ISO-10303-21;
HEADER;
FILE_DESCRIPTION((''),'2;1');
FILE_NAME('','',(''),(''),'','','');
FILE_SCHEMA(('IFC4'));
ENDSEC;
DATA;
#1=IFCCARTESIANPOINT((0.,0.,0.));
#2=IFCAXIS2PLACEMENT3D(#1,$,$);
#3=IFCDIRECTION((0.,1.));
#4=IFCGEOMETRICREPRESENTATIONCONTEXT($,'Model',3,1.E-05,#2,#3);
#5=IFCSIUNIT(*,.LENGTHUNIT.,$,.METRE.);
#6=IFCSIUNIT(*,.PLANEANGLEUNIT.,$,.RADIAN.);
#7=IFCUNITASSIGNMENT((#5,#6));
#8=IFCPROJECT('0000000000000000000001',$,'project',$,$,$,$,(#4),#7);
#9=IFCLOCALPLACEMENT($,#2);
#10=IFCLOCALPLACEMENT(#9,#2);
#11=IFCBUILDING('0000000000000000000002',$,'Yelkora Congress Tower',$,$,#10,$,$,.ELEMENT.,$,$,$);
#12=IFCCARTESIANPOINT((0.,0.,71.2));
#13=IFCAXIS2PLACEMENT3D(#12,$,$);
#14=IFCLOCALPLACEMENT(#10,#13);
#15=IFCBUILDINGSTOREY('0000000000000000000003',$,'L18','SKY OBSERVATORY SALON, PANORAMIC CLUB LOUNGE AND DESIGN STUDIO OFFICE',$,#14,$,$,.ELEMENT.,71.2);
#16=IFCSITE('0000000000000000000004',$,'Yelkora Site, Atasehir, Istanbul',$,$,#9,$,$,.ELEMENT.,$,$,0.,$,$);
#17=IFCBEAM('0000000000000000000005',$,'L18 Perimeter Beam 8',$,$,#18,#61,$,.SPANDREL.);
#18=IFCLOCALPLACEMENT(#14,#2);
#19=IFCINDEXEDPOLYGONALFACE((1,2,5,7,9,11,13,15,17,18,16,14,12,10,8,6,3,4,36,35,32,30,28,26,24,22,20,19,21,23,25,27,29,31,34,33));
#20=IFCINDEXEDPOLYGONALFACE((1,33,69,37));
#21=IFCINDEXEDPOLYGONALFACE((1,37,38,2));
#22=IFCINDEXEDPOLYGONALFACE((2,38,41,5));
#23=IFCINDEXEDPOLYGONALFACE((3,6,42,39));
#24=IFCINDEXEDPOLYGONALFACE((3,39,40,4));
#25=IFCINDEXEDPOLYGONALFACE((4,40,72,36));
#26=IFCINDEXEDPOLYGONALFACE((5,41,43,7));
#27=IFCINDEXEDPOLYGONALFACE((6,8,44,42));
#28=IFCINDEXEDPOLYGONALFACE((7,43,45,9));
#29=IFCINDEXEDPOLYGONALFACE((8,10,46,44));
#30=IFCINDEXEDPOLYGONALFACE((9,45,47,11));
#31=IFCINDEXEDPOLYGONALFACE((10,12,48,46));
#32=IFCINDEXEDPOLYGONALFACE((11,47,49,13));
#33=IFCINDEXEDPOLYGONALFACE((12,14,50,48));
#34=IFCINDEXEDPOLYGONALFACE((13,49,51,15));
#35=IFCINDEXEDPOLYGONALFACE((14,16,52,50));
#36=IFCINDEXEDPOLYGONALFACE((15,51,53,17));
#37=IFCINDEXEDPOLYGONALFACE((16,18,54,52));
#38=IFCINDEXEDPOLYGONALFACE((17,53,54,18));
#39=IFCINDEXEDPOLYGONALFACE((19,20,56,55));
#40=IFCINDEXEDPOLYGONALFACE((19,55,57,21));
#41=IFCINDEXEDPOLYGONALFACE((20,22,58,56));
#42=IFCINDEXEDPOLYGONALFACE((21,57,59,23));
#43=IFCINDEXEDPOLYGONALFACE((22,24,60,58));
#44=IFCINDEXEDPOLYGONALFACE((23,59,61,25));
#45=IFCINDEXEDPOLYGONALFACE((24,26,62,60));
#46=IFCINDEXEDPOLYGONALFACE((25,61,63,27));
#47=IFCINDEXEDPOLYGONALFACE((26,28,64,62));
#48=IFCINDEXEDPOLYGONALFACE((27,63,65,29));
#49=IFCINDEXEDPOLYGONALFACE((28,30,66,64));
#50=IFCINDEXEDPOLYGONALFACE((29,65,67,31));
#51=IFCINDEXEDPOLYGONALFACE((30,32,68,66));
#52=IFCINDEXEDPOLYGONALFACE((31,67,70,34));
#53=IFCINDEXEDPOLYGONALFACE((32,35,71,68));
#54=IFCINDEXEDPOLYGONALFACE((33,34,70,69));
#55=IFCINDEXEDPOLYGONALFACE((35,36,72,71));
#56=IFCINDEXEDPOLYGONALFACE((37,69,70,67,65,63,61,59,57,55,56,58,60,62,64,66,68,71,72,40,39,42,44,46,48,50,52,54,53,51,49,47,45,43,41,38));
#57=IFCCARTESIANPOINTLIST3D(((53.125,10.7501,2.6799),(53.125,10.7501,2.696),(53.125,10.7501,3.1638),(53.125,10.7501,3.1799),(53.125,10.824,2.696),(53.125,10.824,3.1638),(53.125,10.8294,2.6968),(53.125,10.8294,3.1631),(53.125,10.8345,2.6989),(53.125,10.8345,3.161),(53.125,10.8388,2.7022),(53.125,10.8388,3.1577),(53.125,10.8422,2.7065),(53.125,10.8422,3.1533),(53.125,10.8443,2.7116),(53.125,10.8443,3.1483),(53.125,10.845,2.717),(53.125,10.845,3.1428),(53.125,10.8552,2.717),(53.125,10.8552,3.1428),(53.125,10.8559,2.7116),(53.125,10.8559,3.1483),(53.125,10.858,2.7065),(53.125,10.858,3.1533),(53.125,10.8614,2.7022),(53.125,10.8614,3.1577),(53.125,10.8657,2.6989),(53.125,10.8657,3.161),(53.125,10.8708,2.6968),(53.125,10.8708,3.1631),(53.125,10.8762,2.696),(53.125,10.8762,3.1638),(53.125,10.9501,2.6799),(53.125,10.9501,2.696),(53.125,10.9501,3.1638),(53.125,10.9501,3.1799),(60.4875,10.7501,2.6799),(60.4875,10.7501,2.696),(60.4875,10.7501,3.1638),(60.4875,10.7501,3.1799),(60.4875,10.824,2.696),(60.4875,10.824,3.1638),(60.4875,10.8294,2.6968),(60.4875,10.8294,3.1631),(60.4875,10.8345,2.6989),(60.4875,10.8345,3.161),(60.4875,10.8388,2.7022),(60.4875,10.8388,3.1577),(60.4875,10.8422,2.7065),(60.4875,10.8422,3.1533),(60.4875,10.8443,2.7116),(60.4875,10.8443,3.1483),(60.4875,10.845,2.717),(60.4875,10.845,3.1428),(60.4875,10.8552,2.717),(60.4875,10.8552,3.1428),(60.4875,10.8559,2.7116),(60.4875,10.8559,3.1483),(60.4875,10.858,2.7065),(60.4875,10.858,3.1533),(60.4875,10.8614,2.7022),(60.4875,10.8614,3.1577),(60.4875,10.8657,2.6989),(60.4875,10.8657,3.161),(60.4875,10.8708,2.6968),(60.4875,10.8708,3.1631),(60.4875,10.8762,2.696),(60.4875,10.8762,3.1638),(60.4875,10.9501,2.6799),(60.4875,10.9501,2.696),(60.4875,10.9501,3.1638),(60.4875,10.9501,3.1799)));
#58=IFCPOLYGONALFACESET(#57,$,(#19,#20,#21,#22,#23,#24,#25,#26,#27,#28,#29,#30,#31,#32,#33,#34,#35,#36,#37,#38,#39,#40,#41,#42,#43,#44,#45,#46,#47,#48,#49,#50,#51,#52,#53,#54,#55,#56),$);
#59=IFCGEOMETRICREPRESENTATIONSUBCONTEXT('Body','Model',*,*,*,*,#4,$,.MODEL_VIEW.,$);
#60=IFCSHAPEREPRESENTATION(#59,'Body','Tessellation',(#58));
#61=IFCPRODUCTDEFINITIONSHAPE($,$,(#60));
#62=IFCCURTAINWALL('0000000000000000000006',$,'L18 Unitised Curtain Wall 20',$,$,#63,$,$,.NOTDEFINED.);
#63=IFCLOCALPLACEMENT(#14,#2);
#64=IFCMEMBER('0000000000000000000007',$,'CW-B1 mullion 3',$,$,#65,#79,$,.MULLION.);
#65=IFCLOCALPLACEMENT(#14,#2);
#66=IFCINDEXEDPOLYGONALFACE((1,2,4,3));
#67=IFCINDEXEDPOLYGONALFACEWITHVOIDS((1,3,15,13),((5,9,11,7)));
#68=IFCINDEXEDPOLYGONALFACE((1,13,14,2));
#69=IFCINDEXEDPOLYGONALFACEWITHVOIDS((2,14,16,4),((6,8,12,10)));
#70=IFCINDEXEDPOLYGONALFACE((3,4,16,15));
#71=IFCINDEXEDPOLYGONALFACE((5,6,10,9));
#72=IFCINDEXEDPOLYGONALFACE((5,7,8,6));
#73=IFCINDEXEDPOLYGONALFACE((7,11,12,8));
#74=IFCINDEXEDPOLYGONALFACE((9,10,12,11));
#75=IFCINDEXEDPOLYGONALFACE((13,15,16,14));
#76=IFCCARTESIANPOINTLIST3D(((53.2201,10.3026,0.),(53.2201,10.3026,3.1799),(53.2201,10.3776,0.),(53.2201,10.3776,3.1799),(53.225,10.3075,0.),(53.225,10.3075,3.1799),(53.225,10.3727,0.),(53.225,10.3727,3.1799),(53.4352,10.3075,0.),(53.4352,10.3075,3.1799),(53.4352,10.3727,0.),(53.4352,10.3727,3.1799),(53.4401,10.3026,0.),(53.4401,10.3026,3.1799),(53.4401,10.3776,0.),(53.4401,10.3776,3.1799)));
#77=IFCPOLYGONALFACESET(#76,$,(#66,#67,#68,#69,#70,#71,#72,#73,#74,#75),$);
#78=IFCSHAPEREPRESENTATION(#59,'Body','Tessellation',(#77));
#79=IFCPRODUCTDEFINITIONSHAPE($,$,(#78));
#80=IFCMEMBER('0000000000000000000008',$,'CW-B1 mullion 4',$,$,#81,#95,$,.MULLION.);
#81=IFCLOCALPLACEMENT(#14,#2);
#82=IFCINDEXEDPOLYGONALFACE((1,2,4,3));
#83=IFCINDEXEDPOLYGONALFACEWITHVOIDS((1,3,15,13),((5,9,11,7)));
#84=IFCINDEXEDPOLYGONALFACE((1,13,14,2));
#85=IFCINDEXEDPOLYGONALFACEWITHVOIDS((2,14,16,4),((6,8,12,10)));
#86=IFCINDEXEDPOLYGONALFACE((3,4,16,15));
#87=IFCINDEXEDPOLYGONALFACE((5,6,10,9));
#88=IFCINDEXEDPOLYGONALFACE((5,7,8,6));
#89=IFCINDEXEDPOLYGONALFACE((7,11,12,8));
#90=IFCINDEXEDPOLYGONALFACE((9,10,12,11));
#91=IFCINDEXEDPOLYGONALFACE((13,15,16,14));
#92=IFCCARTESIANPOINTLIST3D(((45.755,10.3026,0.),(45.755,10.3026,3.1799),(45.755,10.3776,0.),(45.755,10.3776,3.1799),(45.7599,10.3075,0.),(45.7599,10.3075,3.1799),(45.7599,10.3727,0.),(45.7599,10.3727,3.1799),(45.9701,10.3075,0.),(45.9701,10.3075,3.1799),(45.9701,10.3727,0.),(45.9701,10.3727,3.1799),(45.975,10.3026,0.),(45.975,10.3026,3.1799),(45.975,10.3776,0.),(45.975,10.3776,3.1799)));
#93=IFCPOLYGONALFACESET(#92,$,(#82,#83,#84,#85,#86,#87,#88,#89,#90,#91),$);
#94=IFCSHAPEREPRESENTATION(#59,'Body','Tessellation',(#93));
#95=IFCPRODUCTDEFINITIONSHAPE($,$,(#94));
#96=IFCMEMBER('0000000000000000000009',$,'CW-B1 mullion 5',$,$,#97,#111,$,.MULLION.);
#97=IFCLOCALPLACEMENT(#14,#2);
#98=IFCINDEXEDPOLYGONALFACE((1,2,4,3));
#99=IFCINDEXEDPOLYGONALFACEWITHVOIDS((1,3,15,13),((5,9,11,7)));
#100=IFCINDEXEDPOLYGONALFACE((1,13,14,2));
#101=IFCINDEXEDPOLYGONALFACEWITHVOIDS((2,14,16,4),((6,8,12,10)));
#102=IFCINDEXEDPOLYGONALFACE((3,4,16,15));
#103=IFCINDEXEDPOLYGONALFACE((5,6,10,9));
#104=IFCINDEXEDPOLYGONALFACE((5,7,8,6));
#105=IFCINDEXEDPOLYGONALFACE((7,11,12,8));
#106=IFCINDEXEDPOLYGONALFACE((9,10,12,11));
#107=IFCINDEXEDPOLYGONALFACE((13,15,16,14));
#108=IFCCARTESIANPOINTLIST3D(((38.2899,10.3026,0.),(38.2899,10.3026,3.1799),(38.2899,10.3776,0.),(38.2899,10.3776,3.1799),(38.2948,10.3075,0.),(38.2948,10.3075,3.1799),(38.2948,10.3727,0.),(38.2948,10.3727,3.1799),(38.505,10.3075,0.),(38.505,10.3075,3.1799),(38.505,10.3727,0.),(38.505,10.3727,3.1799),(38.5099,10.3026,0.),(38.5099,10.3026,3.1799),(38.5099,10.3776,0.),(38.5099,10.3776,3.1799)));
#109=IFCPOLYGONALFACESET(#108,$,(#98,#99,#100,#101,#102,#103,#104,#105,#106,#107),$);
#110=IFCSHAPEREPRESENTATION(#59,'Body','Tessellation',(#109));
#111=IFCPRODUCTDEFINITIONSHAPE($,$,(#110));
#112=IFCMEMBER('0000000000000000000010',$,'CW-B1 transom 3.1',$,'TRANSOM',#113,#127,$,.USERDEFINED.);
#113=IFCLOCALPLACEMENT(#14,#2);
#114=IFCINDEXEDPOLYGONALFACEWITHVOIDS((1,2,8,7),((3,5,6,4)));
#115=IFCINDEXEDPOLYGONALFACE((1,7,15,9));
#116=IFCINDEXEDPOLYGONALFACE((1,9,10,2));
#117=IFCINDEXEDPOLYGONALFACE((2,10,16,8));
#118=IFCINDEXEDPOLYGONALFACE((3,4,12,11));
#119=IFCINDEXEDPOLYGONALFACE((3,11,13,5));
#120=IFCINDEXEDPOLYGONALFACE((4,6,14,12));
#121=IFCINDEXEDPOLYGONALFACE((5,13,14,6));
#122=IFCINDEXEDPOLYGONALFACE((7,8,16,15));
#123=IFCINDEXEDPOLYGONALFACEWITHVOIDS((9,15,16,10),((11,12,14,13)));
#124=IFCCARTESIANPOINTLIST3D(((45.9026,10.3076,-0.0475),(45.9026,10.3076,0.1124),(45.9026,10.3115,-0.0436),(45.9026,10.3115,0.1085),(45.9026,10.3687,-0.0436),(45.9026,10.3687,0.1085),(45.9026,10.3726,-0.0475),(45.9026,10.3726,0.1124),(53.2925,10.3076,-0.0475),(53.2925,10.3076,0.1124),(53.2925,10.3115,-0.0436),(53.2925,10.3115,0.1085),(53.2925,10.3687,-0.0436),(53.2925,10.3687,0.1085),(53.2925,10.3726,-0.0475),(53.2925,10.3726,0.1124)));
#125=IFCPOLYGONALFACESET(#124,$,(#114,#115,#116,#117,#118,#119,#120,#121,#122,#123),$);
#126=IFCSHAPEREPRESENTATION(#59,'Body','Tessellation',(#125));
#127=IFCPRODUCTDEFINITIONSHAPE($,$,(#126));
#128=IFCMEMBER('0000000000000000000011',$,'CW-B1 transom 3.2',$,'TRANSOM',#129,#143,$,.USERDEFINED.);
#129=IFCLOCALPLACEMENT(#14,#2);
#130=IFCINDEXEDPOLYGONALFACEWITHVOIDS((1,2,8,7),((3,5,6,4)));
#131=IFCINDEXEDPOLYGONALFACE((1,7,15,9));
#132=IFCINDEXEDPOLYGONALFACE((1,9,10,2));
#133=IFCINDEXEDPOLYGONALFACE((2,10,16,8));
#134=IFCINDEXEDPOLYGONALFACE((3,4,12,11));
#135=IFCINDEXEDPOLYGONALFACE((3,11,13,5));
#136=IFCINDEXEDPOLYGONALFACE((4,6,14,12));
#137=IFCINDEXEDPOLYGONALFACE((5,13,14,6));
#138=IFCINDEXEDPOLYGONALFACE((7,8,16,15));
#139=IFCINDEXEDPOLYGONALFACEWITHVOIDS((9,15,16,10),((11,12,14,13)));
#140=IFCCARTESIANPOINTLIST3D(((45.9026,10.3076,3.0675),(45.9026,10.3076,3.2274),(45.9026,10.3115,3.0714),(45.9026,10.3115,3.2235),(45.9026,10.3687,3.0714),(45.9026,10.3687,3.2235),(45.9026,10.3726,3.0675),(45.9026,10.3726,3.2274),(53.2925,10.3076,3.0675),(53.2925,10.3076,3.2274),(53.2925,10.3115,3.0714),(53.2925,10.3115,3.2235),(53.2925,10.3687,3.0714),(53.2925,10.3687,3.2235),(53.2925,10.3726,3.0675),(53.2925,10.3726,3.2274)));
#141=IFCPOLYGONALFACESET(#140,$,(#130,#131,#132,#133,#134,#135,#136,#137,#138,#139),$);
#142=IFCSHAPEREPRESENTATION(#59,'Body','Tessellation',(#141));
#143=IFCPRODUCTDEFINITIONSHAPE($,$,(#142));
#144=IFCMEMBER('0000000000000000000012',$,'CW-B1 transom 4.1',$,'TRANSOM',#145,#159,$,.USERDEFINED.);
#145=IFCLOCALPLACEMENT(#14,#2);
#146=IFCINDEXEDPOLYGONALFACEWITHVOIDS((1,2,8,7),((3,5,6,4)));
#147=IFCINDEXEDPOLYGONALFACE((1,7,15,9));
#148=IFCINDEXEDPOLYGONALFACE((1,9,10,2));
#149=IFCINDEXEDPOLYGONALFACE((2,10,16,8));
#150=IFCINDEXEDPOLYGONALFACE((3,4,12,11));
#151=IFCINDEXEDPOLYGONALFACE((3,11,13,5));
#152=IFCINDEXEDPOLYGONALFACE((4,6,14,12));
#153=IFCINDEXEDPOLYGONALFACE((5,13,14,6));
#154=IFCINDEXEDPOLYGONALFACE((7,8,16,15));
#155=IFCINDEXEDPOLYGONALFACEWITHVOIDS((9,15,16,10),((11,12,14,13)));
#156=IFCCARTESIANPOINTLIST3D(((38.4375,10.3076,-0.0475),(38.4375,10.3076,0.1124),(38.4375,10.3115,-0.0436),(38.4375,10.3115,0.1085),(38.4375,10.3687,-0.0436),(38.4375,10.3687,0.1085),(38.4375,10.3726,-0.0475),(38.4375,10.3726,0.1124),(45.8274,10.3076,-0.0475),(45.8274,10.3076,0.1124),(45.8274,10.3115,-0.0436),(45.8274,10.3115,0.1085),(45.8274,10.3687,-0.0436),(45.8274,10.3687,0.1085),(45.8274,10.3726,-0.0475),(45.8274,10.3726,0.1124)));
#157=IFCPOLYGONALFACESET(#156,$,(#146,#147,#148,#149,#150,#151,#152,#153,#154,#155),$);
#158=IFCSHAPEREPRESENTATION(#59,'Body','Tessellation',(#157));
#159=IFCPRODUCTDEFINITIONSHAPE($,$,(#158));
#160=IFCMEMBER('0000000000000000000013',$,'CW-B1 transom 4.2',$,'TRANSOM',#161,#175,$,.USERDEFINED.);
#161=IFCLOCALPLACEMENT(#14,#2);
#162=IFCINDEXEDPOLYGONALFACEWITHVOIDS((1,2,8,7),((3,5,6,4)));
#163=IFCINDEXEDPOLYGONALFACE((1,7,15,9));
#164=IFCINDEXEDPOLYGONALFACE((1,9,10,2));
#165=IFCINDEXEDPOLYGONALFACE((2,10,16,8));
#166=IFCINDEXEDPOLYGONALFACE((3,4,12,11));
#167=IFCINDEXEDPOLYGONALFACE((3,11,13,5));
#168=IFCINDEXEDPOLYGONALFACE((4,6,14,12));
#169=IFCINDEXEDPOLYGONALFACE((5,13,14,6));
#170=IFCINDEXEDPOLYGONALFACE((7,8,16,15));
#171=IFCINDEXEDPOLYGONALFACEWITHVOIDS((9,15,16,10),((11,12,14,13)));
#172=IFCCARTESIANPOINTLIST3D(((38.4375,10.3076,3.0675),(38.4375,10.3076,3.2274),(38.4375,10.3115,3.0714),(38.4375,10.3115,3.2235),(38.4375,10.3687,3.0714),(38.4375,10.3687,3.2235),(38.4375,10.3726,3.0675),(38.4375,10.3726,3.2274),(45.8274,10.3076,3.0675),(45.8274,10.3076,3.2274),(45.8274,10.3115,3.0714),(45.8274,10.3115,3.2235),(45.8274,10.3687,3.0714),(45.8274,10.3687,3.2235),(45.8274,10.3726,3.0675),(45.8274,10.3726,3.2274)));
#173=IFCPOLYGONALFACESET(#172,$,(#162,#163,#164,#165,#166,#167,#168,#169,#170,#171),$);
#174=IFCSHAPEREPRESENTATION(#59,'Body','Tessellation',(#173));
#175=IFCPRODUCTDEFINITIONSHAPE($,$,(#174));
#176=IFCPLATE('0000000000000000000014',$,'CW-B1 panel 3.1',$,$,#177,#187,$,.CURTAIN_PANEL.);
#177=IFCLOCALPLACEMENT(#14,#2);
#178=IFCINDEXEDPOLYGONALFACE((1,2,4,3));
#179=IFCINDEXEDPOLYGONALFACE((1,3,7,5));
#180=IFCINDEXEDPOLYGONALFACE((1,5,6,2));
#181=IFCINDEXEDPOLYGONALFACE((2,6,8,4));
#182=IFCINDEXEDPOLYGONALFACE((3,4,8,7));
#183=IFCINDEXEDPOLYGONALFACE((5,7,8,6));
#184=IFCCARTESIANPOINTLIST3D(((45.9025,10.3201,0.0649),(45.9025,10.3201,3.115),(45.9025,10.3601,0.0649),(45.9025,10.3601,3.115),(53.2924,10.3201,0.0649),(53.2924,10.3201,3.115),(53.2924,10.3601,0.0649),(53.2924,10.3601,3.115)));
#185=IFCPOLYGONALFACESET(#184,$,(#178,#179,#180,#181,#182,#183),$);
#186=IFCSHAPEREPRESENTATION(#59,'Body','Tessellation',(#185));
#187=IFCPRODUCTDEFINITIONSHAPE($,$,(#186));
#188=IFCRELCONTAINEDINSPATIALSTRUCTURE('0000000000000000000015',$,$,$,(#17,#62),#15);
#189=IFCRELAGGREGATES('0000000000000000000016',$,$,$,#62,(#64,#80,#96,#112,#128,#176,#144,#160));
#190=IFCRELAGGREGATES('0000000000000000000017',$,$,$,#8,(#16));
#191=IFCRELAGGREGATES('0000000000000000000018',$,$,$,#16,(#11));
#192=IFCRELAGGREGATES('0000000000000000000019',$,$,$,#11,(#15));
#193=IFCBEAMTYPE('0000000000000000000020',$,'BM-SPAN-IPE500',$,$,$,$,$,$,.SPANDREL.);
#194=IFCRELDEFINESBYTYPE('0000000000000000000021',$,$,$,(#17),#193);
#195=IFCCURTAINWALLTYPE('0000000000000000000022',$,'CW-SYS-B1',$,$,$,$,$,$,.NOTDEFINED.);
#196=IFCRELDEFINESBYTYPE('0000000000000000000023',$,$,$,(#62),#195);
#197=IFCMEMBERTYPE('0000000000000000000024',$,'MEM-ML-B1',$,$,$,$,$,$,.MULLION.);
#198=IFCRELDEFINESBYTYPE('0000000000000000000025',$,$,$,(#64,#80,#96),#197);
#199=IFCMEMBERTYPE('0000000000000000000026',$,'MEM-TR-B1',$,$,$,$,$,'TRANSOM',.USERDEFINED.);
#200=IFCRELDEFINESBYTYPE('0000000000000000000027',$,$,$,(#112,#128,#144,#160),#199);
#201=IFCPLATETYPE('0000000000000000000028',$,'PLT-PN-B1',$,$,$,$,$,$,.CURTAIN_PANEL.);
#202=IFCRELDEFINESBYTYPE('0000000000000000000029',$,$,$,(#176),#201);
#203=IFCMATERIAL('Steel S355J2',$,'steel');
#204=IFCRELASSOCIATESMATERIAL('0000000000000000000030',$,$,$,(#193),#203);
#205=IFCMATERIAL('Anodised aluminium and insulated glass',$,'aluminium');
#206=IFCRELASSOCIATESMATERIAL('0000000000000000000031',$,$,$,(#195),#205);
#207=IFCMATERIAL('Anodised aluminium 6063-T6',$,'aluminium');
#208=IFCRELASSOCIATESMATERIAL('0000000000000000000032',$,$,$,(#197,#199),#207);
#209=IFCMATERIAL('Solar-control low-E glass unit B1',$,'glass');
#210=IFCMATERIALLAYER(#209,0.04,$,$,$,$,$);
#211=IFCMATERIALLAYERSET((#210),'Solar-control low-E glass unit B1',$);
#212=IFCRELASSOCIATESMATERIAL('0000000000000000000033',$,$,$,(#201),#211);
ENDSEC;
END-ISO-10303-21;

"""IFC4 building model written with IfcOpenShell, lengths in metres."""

from ifc_helpers import new_model, si_unit, direction, frame, origin, origin_2d, place, context, subcontext, project, spatial, rectangle, hollow_rectangle, i_section, extrude, material, layer, layer_set, material_profile, profile_set, type_object, element, aggregate, save


model = new_model("IFC4")

# Units and contexts
model_context = context("Model", 3, precision=1e-05, world=origin(), true_north=direction((0.0, 1.0)))
body_context = subcontext(model_context, "Body", "Model", "MODEL_VIEW")
ifc_project = project(units=[si_unit("LENGTHUNIT", "METRE"), si_unit("PLANEANGLEUNIT", "RADIAN")], contexts=[model_context])

# Site, building, storey
site_placement = place(None, origin())
site = spatial("IfcSite", under=ifc_project, at=site_placement, Name="Yelkora Site, Atasehir, Istanbul", CompositionType="ELEMENT", RefElevation=0.0)
building_placement = place(site_placement, origin())
building = spatial("IfcBuilding", under=site, at=building_placement, Name="Yelkora Congress Tower", CompositionType="ELEMENT")
storey_placement = place(building_placement, frame((0.0, 0.0, 71.2)))
storey = spatial("IfcBuildingStorey", under=building, at=storey_placement, Name="L18", Description="SKY OBSERVATORY SALON, PANORAMIC CLUB LOUNGE AND DESIGN STUDIO OFFICE", CompositionType="ELEMENT", Elevation=71.2)

# Beam
ifc_material_1 = material(Name="Steel S355J2", Category="steel")
ifc_material_profile_1 = material_profile(ifc_material_1, i_section(OverallWidth=0.2, OverallDepth=0.5, WebThickness=0.0103, FlangeThickness=0.0161, FilletRadius=0.021, at=origin_2d()), Name="IPE 500")
ifc_profile_set_1 = profile_set([ifc_material_profile_1], Name="Steel S355J2")
beam_type_1 = type_object("IfcBeamType", Name="BM-SPAN-IPE500", PredefinedType="SPANDREL", material=ifc_profile_set_1)
for number, where, z_axis, x_axis, name in (
    (1, (53.125, 10.8501, 2.9299), (1.0, 0.0, 0.0), (0.0, 1.0, 0.0), "L18 Perimeter Beam 8"),
):
    element("IfcBeam", number, at=place(storey_placement, frame(where, z_axis=z_axis, x_axis=x_axis)), inside=storey, type_object=beam_type_1, Name=name, PredefinedType="SPANDREL", context=body_context, shape_type="SweptSolid", body=[
        extrude(i_section(OverallWidth=0.2, OverallDepth=0.5, WebThickness=0.0103, FlangeThickness=0.0161, FilletRadius=0.021, at=origin_2d()), origin(), (0.0, 0.0, 1.0), 7.3625),
    ])

# Curtain wall, members, plate
ifc_material_2 = material(Name="Anodised aluminium and insulated glass", Category="aluminium")
curtain_wall_type = type_object("IfcCurtainWallType", Name="CW-SYS-B1", PredefinedType="NOTDEFINED", material=ifc_material_2)
curtain_wall_placement = place(storey_placement, origin())
curtain_wall = element("IfcCurtainWall", 2, at=curtain_wall_placement, inside=storey, type_object=curtain_wall_type, Name="L18 Unitised Curtain Wall 20", PredefinedType="NOTDEFINED")
ifc_material_3 = material(Name="Anodised aluminium 6063-T6", Category="aluminium")
ifc_material_profile_2 = material_profile(ifc_material_3, hollow_rectangle(XDim=0.075, YDim=0.22, WallThickness=0.0049, at=origin_2d()), Name="ALU 75x220x5")
ifc_profile_set_2 = profile_set([ifc_material_profile_2], Name="Anodised aluminium 6063-T6")
member_type_1 = type_object("IfcMemberType", Name="MEM-ML-B1", PredefinedType="MULLION", material=ifc_profile_set_2)
member_1_placement = place(storey_placement, frame((53.3301, 10.3401, 0.0), z_axis=(0.0, 0.0, 1.0), x_axis=(0.0, -1.0, 0.0)))
member_1 = element("IfcMember", 3, at=member_1_placement, type_object=member_type_1, Name="CW-B1 mullion 3", PredefinedType="MULLION", context=body_context, shape_type="SweptSolid", body=[
    extrude(hollow_rectangle(XDim=0.075, YDim=0.22, WallThickness=0.0049, at=origin_2d()), origin(), (0.0, 0.0, 1.0), 3.1799),
])
member_2_placement = place(storey_placement, frame((45.865, 10.3401, 0.0), z_axis=(0.0, 0.0, 1.0), x_axis=(0.0, -1.0, 0.0)))
member_2 = element("IfcMember", 4, at=member_2_placement, type_object=member_type_1, Name="CW-B1 mullion 4", PredefinedType="MULLION", context=body_context, shape_type="SweptSolid", body=[
    extrude(hollow_rectangle(XDim=0.075, YDim=0.22, WallThickness=0.0049, at=origin_2d()), origin(), (0.0, 0.0, 1.0), 3.1799),
])
member_3_placement = place(storey_placement, frame((38.3999, 10.3401, 0.0), z_axis=(0.0, 0.0, 1.0), x_axis=(0.0, -1.0, 0.0)))
member_3 = element("IfcMember", 5, at=member_3_placement, type_object=member_type_1, Name="CW-B1 mullion 5", PredefinedType="MULLION", context=body_context, shape_type="SweptSolid", body=[
    extrude(hollow_rectangle(XDim=0.075, YDim=0.22, WallThickness=0.0049, at=origin_2d()), origin(), (0.0, 0.0, 1.0), 3.1799),
])
ifc_material_profile_3 = material_profile(ifc_material_3, hollow_rectangle(XDim=0.0649, YDim=0.1599, WallThickness=0.0039, at=origin_2d()), Name="ALU 65x160x4")
ifc_profile_set_3 = profile_set([ifc_material_profile_3], Name="Anodised aluminium 6063-T6")
member_type_2 = type_object("IfcMemberType", Name="MEM-TR-B1", ElementType="TRANSOM", PredefinedType="USERDEFINED", material=ifc_profile_set_3)
member_4_placement = place(storey_placement, frame((53.2925, 10.3401, 0.0325), z_axis=(-1.0, 0.0, 0.0), x_axis=(0.0, -1.0, 0.0)))
member_4 = element("IfcMember", 6, at=member_4_placement, type_object=member_type_2, Name="CW-B1 transom 3.1", ObjectType="TRANSOM", PredefinedType="USERDEFINED", context=body_context, shape_type="SweptSolid", body=[
    extrude(hollow_rectangle(XDim=0.0649, YDim=0.1599, WallThickness=0.0039, at=origin_2d()), origin(), (0.0, 0.0, 1.0), 7.3899),
])
member_5_placement = place(storey_placement, frame((53.2925, 10.3401, 3.1475), z_axis=(-1.0, 0.0, 0.0), x_axis=(0.0, -1.0, 0.0)))
member_5 = element("IfcMember", 7, at=member_5_placement, type_object=member_type_2, Name="CW-B1 transom 3.2", ObjectType="TRANSOM", PredefinedType="USERDEFINED", context=body_context, shape_type="SweptSolid", body=[
    extrude(hollow_rectangle(XDim=0.0649, YDim=0.1599, WallThickness=0.0039, at=origin_2d()), origin(), (0.0, 0.0, 1.0), 7.3899),
])
member_6_placement = place(storey_placement, frame((45.8274, 10.3401, 0.0325), z_axis=(-1.0, 0.0, 0.0), x_axis=(0.0, -1.0, 0.0)))
member_6 = element("IfcMember", 8, at=member_6_placement, type_object=member_type_2, Name="CW-B1 transom 4.1", ObjectType="TRANSOM", PredefinedType="USERDEFINED", context=body_context, shape_type="SweptSolid", body=[
    extrude(hollow_rectangle(XDim=0.0649, YDim=0.1599, WallThickness=0.0039, at=origin_2d()), origin(), (0.0, 0.0, 1.0), 7.3899),
])
member_7_placement = place(storey_placement, frame((45.8274, 10.3401, 3.1475), z_axis=(-1.0, 0.0, 0.0), x_axis=(0.0, -1.0, 0.0)))
member_7 = element("IfcMember", 9, at=member_7_placement, type_object=member_type_2, Name="CW-B1 transom 4.2", ObjectType="TRANSOM", PredefinedType="USERDEFINED", context=body_context, shape_type="SweptSolid", body=[
    extrude(hollow_rectangle(XDim=0.0649, YDim=0.1599, WallThickness=0.0039, at=origin_2d()), origin(), (0.0, 0.0, 1.0), 7.3899),
])
ifc_material_4 = material(Name="Solar-control low-E glass unit B1", Category="glass")
ifc_layer_1 = layer(ifc_material_4, 0.04)
ifc_layer_set_1 = layer_set([ifc_layer_1], Name="Solar-control low-E glass unit B1")
plate_type = type_object("IfcPlateType", Name="PLT-PN-B1", PredefinedType="CURTAIN_PANEL", material=ifc_layer_set_1)
plate_1_placement = place(storey_placement, frame((49.5974, 10.3401, 0.0649), z_axis=(0.0, 0.0, 1.0), x_axis=(-1.0, 0.0, 0.0)))
plate_1 = element("IfcPlate", 10, at=plate_1_placement, type_object=plate_type, Name="CW-B1 panel 3.1", PredefinedType="CURTAIN_PANEL", context=body_context, shape_type="SweptSolid", body=[
    extrude(rectangle(XDim=7.3899, YDim=0.04, at=origin_2d()), origin(), (0.0, 0.0, 1.0), 3.05),
])
aggregate(curtain_wall, [member_1, member_2, member_3, member_4, member_5, plate_1, member_6, member_7])

save(model, "model.ifc")
